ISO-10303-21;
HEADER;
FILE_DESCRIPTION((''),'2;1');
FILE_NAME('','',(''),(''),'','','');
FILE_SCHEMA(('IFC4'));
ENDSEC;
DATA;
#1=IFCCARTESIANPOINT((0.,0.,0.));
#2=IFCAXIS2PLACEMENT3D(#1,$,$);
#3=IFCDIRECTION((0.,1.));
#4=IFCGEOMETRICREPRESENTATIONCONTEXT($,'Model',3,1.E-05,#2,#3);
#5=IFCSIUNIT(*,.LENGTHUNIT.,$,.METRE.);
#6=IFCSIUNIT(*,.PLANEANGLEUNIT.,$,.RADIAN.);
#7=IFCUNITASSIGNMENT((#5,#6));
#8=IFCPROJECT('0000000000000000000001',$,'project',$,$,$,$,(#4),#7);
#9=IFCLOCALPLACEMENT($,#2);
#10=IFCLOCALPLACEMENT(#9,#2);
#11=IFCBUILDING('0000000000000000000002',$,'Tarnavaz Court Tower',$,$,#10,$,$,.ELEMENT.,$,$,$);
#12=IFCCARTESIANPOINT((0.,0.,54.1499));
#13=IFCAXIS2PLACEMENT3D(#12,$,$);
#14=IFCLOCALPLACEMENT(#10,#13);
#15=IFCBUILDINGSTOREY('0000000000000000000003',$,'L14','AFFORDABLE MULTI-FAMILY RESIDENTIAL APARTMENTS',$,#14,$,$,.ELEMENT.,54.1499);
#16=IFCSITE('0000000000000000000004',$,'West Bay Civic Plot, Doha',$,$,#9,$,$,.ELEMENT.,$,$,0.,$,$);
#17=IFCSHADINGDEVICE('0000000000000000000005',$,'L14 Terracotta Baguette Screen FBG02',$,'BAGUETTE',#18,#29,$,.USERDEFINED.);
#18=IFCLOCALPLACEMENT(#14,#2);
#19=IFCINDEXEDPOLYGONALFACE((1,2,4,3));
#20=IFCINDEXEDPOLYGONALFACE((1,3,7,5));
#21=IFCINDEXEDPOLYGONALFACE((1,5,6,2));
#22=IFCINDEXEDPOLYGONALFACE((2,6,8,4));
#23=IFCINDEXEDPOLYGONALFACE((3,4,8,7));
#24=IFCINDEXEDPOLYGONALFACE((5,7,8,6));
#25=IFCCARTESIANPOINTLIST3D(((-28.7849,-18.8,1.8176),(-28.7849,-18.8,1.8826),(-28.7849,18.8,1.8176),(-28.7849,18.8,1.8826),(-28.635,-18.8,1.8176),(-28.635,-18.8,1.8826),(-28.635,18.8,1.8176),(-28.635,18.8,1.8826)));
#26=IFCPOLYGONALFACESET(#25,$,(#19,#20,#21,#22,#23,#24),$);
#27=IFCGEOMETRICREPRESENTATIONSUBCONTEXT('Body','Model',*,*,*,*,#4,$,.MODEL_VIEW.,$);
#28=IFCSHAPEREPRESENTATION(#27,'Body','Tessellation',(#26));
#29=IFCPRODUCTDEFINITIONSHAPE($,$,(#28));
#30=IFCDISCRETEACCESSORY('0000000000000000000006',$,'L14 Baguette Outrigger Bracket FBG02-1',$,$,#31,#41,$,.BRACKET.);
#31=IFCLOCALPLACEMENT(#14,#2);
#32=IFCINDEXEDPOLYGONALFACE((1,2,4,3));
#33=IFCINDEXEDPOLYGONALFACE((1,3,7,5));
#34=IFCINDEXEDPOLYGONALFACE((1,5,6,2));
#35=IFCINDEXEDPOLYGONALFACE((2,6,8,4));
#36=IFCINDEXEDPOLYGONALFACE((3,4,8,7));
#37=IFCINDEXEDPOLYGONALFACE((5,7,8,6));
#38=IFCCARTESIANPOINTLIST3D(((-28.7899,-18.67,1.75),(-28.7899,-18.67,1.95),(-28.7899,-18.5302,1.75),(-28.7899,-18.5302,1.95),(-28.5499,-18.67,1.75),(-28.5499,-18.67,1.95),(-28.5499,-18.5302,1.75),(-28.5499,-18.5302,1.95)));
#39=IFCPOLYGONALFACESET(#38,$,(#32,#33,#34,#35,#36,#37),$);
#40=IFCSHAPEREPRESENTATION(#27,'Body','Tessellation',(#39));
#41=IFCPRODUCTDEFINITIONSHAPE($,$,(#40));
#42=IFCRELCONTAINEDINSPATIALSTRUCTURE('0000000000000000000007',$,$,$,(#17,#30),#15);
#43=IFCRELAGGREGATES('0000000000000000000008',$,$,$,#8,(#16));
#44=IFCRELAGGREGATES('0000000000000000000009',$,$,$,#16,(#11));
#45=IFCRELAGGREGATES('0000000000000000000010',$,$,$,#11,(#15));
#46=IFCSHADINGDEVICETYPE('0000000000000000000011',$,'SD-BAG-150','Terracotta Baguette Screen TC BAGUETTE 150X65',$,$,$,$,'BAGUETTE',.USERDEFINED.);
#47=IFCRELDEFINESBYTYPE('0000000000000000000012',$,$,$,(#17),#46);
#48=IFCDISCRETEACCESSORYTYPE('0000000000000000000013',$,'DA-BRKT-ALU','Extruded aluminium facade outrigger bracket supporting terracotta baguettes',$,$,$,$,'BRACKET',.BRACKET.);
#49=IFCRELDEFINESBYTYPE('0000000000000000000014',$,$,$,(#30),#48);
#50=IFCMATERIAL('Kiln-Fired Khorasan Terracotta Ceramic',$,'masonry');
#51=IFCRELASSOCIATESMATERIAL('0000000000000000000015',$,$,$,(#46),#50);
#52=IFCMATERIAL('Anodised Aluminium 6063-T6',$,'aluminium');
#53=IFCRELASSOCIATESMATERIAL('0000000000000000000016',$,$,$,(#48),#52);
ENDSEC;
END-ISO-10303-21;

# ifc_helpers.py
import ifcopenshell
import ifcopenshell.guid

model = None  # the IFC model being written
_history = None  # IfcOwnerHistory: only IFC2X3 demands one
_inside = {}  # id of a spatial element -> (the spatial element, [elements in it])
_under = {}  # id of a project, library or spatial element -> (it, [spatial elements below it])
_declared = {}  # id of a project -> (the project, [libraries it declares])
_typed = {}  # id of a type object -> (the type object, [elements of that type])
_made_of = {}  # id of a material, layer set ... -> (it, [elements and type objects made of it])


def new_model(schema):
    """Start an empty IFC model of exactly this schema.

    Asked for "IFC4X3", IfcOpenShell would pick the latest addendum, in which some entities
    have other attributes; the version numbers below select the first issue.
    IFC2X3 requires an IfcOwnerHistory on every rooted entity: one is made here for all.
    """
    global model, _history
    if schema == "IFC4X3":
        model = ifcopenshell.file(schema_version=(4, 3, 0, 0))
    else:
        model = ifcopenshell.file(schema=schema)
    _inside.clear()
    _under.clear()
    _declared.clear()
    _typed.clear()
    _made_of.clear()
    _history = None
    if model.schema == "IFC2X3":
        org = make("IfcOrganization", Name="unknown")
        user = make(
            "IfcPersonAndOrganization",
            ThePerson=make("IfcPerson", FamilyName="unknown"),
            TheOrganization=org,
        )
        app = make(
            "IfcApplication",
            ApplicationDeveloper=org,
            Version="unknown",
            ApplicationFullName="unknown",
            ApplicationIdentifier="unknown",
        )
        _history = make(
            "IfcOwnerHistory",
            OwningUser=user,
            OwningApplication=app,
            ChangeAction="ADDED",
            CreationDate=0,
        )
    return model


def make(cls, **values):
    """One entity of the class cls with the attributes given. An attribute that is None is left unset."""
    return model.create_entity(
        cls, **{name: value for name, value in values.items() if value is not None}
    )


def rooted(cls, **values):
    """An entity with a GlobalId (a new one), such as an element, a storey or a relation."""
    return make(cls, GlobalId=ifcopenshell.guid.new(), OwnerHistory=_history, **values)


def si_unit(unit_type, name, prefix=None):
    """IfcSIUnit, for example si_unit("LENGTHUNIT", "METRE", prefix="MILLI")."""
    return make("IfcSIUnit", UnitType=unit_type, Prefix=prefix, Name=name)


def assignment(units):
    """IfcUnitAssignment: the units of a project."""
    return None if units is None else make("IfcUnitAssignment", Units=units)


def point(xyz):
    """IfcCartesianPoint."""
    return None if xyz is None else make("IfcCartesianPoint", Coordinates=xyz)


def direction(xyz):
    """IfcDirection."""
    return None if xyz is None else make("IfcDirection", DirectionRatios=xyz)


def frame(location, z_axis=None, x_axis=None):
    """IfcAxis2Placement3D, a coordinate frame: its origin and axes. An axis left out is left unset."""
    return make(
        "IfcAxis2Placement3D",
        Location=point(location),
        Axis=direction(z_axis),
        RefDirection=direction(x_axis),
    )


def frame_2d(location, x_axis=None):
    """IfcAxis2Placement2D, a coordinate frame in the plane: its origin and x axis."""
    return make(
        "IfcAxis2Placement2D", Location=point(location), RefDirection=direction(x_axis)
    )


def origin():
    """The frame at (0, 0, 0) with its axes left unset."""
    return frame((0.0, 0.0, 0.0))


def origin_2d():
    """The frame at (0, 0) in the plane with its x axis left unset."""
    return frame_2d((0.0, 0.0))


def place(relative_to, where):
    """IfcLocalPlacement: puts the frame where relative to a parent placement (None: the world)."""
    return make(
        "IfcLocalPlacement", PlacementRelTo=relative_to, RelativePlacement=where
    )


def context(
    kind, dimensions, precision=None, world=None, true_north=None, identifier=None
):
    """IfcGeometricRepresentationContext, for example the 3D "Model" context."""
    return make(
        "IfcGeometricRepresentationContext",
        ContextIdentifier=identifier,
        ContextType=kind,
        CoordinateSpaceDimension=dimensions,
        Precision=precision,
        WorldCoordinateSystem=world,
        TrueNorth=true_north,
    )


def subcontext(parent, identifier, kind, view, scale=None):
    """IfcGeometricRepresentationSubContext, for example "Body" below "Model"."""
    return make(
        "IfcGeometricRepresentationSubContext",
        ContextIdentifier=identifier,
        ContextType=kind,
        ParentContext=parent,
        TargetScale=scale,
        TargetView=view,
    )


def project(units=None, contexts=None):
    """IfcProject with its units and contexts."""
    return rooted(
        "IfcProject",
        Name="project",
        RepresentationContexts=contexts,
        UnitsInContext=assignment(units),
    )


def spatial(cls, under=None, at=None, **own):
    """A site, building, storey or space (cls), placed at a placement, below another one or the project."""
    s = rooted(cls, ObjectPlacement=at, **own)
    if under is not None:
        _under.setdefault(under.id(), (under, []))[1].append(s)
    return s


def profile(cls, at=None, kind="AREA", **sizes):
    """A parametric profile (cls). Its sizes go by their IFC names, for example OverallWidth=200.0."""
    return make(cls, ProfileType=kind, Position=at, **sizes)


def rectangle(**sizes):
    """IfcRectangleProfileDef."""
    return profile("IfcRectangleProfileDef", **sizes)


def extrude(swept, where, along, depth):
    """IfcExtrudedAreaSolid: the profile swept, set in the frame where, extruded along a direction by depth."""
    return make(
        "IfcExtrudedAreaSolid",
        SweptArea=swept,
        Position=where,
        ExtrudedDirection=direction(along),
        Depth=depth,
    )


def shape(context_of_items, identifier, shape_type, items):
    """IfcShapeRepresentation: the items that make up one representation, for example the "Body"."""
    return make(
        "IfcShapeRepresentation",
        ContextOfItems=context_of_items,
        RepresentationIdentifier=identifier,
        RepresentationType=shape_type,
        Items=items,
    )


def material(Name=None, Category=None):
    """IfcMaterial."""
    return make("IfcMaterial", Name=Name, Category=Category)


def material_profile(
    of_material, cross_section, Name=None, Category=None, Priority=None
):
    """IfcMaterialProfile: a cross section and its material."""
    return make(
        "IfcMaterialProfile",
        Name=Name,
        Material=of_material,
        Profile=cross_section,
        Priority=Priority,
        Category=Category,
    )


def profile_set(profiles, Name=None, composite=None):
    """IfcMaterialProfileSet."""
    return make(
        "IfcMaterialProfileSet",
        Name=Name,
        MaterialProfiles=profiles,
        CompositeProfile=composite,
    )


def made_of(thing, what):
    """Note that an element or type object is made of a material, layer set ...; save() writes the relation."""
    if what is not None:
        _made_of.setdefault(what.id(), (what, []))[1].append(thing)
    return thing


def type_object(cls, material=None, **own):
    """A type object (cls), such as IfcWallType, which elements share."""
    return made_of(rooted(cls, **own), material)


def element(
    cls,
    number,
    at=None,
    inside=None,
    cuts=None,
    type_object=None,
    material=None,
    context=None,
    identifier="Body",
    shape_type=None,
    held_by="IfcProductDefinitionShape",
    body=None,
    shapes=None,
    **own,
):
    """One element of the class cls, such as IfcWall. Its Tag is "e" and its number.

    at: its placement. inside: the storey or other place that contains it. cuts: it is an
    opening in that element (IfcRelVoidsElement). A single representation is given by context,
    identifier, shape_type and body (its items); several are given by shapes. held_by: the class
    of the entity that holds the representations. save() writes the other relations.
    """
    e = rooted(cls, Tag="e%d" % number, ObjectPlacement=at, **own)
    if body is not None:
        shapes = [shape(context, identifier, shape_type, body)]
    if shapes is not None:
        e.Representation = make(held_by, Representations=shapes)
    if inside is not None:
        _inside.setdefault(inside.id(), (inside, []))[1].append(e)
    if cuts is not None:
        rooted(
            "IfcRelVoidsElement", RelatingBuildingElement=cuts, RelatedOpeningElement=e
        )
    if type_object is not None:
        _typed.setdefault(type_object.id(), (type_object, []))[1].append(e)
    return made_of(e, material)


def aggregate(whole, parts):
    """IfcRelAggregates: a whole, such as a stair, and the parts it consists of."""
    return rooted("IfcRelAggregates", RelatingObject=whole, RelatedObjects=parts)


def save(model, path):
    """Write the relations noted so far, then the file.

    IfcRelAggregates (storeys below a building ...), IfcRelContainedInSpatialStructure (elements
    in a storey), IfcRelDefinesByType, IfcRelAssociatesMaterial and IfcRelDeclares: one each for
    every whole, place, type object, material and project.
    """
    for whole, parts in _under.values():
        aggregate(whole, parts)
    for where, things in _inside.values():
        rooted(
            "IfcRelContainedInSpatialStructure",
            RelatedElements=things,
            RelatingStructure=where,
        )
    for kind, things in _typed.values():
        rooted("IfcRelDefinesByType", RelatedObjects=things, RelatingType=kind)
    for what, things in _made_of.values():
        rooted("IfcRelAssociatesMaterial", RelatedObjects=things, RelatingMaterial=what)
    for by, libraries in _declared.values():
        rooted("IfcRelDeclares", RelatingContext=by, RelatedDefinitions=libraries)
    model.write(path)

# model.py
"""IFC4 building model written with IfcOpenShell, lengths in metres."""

from ifc_helpers import new_model, si_unit, direction, frame, origin, origin_2d, place, context, subcontext, project, spatial, rectangle, extrude, material, material_profile, profile_set, type_object, element, save


model = new_model("IFC4")

# Units and contexts
model_context = context("Model", 3, precision=1e-05, world=origin(), true_north=direction((0.0, 1.0)))
body_context = subcontext(model_context, "Body", "Model", "MODEL_VIEW")
ifc_project = project(units=[si_unit("LENGTHUNIT", "METRE"), si_unit("PLANEANGLEUNIT", "RADIAN")], contexts=[model_context])

# Site, building, storey
site_placement = place(None, origin())
site = spatial("IfcSite", under=ifc_project, at=site_placement, Name="West Bay Civic Plot, Doha", CompositionType="ELEMENT", RefElevation=0.0)
building_placement = place(site_placement, origin())
building = spatial("IfcBuilding", under=site, at=building_placement, Name="Tarnavaz Court Tower", CompositionType="ELEMENT")
storey_placement = place(building_placement, frame((0.0, 0.0, 54.1499)))
storey = spatial("IfcBuildingStorey", under=building, at=storey_placement, Name="L14", Description="AFFORDABLE MULTI-FAMILY RESIDENTIAL APARTMENTS", CompositionType="ELEMENT", Elevation=54.1499)

# Shading device
ifc_material_1 = material(Name="Kiln-Fired Khorasan Terracotta Ceramic", Category="masonry")
ifc_material_profile_1 = material_profile(ifc_material_1, rectangle(XDim=0.1499, YDim=0.0649, at=origin_2d()), Name="TC BAGUETTE 150X65")
ifc_profile_set_1 = profile_set([ifc_material_profile_1], Name="Kiln-Fired Khorasan Terracotta Ceramic")
shading_device_type = type_object("IfcShadingDeviceType", Name="SD-BAG-150", Description="Terracotta Baguette Screen TC BAGUETTE 150X65", ElementType="BAGUETTE", PredefinedType="USERDEFINED", material=ifc_profile_set_1)
shading_device_placement = place(storey_placement, frame((-28.71, -18.8, 1.8501), z_axis=(0.0, 1.0, 0.0), x_axis=(-1.0, 0.0, 0.0)))
element("IfcShadingDevice", 1, at=shading_device_placement, inside=storey, type_object=shading_device_type, Name="L14 Terracotta Baguette Screen FBG02", ObjectType="BAGUETTE", PredefinedType="USERDEFINED", context=body_context, shape_type="SweptSolid", body=[
    extrude(rectangle(XDim=0.1499, YDim=0.0649, at=origin_2d()), origin(), (0.0, 0.0, 1.0), 37.6001),
])

# Discrete accessory
ifc_material_2 = material(Name="Anodised Aluminium 6063-T6", Category="aluminium")
discrete_accessory_type = type_object("IfcDiscreteAccessoryType", Name="DA-BRKT-ALU", Description="Extruded aluminium facade outrigger bracket supporting terracotta baguettes", ElementType="BRACKET", PredefinedType="BRACKET", material=ifc_material_2)
discrete_accessory_placement = place(storey_placement, frame((-28.6699, -18.6001, 1.75), z_axis=(0.0, 0.0, 1.0), x_axis=(0.0, 1.0, 0.0)))
element("IfcDiscreteAccessory", 2, at=discrete_accessory_placement, inside=storey, type_object=discrete_accessory_type, Name="L14 Baguette Outrigger Bracket FBG02-1", PredefinedType="BRACKET", context=body_context, shape_type="SweptSolid", body=[
    extrude(rectangle(XDim=0.1399, YDim=0.24, at=origin_2d()), origin(), (0.0, 0.0, 1.0), 0.2),
])

save(model, "model.ifc")
